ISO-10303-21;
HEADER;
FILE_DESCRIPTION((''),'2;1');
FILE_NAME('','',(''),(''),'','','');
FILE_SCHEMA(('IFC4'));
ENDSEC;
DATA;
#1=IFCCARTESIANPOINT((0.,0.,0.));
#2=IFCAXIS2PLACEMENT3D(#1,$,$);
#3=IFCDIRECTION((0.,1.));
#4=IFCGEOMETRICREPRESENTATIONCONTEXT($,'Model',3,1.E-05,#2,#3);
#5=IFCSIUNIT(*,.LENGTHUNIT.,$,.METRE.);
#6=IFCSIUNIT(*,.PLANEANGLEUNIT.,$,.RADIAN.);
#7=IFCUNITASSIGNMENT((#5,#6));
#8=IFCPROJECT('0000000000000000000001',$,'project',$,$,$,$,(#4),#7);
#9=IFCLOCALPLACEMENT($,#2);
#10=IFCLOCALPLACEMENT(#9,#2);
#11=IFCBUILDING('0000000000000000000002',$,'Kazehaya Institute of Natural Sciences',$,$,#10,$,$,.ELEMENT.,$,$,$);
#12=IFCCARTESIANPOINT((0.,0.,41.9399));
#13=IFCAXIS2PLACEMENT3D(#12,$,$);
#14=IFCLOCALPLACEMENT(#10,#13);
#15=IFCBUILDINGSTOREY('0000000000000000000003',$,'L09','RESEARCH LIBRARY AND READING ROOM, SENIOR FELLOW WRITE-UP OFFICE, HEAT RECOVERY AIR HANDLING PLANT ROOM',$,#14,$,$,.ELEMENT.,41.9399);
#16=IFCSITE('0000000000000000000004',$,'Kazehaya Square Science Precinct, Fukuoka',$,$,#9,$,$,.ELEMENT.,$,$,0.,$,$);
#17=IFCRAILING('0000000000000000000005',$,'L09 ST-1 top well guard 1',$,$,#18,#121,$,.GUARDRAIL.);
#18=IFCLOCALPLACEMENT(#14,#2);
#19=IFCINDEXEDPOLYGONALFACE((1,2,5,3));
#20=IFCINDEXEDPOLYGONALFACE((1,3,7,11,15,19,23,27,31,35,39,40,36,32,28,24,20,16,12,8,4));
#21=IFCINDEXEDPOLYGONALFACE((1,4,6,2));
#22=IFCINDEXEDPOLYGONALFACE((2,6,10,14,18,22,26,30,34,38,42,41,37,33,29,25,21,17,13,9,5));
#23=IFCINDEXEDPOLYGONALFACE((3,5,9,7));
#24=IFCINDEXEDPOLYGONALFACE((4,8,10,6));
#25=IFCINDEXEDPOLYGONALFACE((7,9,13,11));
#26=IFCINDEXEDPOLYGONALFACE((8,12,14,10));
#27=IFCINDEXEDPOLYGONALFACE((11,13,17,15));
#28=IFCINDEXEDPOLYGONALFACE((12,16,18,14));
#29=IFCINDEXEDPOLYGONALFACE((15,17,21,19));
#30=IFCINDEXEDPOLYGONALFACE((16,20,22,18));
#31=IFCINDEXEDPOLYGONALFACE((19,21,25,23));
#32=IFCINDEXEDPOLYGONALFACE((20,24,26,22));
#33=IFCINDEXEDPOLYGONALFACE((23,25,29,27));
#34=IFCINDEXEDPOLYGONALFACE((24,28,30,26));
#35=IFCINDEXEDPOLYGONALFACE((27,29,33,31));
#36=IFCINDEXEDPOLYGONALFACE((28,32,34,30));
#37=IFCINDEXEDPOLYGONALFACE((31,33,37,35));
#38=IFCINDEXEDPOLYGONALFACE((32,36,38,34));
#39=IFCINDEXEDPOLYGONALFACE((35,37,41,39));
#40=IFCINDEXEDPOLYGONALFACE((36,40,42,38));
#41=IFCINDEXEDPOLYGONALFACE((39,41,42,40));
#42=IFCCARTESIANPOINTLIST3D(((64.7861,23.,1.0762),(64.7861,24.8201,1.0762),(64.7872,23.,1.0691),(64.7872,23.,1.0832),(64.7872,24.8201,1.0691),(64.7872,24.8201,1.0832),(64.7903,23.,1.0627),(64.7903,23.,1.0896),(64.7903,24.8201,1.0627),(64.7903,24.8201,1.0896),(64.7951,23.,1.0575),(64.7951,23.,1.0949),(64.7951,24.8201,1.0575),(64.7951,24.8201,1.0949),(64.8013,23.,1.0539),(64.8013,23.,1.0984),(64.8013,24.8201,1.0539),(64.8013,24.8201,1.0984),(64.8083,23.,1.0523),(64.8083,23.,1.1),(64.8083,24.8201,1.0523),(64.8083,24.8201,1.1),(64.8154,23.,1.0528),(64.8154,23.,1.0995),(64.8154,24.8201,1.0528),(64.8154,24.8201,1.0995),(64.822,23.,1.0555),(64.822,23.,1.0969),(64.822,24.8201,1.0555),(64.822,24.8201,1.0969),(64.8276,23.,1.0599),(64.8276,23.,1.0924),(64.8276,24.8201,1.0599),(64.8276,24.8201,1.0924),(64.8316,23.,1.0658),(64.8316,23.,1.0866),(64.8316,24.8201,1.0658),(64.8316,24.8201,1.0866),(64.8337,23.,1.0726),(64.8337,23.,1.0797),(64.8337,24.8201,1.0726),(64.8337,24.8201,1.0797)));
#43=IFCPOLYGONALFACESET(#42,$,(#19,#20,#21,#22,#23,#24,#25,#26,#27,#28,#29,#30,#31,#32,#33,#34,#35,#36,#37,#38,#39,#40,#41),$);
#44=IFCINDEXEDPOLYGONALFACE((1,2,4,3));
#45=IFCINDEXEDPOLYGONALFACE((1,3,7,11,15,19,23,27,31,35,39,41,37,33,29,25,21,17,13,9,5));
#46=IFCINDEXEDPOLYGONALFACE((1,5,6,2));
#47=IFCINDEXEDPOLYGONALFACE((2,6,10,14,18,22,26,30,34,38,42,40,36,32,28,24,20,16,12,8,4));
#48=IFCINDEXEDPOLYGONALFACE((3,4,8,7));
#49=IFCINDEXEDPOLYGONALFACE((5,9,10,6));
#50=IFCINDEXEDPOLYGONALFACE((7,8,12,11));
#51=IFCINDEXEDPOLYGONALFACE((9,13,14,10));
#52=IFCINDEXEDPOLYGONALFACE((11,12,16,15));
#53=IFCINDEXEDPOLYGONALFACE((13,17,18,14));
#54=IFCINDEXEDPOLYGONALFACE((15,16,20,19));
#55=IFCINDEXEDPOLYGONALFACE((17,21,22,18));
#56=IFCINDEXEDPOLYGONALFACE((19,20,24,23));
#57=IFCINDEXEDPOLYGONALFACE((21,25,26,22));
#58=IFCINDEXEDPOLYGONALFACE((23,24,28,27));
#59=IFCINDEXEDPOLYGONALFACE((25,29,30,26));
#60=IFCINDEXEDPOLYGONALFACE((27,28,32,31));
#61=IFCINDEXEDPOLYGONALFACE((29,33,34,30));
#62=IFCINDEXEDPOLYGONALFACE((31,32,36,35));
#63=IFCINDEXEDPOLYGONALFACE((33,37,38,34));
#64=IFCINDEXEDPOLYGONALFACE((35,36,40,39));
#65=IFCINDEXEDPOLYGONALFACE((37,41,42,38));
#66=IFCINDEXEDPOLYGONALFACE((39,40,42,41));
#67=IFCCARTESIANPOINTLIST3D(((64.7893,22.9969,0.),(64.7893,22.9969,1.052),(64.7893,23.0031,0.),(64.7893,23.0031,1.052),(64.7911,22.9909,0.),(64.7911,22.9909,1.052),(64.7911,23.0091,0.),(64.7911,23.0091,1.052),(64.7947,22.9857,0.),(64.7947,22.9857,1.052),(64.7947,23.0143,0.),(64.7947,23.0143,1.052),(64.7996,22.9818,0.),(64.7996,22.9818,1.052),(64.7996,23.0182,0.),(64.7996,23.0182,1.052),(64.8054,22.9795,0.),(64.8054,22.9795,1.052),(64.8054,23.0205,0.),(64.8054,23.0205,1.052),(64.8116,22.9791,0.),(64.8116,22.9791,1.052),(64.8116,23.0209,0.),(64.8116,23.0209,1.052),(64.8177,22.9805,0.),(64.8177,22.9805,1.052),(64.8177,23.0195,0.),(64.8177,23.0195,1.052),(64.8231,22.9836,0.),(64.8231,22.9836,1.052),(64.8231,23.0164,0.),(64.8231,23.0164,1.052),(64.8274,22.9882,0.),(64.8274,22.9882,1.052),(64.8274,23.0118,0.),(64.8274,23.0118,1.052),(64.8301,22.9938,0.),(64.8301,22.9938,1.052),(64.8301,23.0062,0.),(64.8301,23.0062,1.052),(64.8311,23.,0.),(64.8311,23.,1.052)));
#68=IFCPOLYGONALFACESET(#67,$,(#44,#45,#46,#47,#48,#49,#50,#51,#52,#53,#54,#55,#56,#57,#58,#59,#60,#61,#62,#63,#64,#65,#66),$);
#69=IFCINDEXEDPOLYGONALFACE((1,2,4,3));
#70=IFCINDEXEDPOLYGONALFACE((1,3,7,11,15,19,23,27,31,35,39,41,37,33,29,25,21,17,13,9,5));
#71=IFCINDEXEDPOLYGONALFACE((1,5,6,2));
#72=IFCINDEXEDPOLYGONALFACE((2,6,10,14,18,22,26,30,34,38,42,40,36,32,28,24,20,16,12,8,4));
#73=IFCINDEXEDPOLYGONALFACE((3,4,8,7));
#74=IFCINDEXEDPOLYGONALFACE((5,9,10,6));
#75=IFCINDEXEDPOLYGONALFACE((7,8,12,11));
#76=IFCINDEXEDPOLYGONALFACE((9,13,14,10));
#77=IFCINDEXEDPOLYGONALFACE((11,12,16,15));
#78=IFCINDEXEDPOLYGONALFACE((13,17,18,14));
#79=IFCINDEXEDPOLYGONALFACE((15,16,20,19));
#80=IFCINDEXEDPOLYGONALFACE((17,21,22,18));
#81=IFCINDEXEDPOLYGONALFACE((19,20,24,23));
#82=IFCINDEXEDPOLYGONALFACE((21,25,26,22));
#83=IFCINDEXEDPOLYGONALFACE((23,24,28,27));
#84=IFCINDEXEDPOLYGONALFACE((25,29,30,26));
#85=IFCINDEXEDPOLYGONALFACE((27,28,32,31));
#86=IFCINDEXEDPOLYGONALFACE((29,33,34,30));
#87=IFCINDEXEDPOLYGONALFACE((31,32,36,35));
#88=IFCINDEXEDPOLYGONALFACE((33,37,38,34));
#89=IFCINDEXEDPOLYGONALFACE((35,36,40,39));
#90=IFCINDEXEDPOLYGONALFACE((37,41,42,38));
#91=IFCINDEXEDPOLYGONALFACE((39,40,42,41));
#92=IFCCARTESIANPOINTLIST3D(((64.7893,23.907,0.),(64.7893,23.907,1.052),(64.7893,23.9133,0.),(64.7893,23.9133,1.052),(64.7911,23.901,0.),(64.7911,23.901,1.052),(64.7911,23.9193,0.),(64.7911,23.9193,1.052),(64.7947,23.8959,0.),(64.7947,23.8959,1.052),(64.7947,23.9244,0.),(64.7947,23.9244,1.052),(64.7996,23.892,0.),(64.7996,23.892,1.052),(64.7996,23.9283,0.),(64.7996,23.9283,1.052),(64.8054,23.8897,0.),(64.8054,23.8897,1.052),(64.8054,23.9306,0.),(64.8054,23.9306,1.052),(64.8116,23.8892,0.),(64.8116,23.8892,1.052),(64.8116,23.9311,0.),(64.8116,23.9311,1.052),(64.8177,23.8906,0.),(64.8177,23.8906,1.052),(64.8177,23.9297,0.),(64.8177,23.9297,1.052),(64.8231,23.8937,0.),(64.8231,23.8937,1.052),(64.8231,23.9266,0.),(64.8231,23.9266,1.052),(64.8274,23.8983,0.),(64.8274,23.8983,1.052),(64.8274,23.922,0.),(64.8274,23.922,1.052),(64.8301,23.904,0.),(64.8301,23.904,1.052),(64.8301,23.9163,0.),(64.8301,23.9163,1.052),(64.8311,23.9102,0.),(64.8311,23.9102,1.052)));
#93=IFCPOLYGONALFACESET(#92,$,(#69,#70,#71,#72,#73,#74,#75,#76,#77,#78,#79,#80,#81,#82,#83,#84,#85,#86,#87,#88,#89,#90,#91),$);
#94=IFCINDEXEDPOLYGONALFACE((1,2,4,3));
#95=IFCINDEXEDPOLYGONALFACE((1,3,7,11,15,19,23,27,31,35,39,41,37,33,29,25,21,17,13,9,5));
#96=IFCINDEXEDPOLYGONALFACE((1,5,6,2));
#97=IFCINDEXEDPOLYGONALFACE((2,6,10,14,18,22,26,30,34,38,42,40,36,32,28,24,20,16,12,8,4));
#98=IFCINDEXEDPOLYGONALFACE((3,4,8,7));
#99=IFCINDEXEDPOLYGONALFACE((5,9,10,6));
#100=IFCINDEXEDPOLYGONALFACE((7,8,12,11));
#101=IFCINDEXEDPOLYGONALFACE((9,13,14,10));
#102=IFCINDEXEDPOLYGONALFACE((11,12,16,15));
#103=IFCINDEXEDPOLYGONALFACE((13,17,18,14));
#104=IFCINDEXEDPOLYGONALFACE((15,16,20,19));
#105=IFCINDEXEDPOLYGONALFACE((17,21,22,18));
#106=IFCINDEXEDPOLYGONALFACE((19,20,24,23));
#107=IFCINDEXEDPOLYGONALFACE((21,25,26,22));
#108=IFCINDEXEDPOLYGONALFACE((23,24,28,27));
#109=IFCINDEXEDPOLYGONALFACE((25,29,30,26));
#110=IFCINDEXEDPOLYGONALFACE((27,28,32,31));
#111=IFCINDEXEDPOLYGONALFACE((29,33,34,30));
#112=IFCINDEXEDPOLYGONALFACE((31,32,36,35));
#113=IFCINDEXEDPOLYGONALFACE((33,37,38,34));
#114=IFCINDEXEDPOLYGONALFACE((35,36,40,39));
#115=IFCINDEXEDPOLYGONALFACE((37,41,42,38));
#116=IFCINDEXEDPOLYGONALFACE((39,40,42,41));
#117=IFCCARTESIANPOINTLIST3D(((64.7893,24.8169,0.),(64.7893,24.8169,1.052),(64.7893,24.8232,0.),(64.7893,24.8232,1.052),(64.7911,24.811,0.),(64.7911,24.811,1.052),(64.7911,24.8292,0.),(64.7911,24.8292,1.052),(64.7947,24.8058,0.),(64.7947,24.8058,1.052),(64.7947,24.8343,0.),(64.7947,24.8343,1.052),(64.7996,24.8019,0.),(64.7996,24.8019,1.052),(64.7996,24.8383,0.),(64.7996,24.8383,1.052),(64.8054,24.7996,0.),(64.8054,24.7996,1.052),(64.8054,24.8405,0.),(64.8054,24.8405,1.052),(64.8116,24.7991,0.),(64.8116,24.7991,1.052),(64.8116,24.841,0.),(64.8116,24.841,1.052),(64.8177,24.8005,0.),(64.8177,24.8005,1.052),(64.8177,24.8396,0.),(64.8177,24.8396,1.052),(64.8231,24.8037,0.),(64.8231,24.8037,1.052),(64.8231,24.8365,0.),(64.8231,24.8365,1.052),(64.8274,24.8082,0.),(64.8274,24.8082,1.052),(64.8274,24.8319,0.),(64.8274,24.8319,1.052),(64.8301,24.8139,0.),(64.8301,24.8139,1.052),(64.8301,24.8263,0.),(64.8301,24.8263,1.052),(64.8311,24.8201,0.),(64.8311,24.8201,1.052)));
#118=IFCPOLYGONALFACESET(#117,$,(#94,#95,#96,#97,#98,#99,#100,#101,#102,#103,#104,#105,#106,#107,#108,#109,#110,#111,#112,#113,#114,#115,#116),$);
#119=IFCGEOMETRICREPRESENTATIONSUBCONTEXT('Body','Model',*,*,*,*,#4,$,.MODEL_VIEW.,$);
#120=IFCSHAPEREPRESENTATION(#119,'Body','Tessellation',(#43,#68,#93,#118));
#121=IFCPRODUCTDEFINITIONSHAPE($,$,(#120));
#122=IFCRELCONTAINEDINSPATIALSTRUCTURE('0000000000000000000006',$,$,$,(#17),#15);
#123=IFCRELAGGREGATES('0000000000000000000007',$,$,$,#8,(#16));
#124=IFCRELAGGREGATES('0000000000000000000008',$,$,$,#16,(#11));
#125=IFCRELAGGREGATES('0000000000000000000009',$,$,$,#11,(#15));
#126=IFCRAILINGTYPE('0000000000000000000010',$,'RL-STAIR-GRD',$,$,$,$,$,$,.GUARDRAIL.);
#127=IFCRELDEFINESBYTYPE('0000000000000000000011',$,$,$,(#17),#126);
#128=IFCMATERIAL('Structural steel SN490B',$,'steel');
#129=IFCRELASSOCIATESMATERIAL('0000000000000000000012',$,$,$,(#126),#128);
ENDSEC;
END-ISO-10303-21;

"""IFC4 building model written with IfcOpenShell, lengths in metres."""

from ifc_helpers import new_model, si_unit, direction, frame, origin, origin_2d, place, context, subcontext, project, spatial, circle, extrude, material, type_object, element, save


model = new_model("IFC4")

# Units and contexts
model_context = context("Model", 3, precision=1e-05, world=origin(), true_north=direction((0.0, 1.0)))
body_context = subcontext(model_context, "Body", "Model", "MODEL_VIEW")
ifc_project = project(units=[si_unit("LENGTHUNIT", "METRE"), si_unit("PLANEANGLEUNIT", "RADIAN")], contexts=[model_context])

# Site, building, storey
site_placement = place(None, origin())
site = spatial("IfcSite", under=ifc_project, at=site_placement, Name="Kazehaya Square Science Precinct, Fukuoka", CompositionType="ELEMENT", RefElevation=0.0)
building_placement = place(site_placement, origin())
building = spatial("IfcBuilding", under=site, at=building_placement, Name="Kazehaya Institute of Natural Sciences", CompositionType="ELEMENT")
storey_placement = place(building_placement, frame((0.0, 0.0, 41.9399)))
storey = spatial("IfcBuildingStorey", under=building, at=storey_placement, Name="L09", Description="RESEARCH LIBRARY AND READING ROOM, SENIOR FELLOW WRITE-UP OFFICE, HEAT RECOVERY AIR HANDLING PLANT ROOM", CompositionType="ELEMENT", Elevation=41.9399)

# Railing
ifc_material_1 = material(Name="Structural steel SN490B", Category="steel")
railing_type_1 = type_object("IfcRailingType", Name="RL-STAIR-GRD", PredefinedType="GUARDRAIL", material=ifc_material_1)
railing_1_placement = place(storey_placement, frame((64.8101, 23.0, 0.0)))
element("IfcRailing", 1, at=railing_1_placement, inside=storey, type_object=railing_type_1, Name="L09 ST-1 top well guard 1", PredefinedType="GUARDRAIL", context=body_context, shape_type="SweptSolid", body=[
    extrude(circle(Radius=0.0239, at=origin_2d()), frame((0.0, 0.0, 1.0762), z_axis=(0.0, 1.0, 0.0), x_axis=(-1.0, 0.0, 0.0)), (0.0, 0.0, 1.0), 1.8201),
    extrude(circle(Radius=0.021, at=origin_2d()), origin(), (0.0, 0.0, 1.0), 1.052),
    extrude(circle(Radius=0.021, at=origin_2d()), frame((0.0, 0.9102, 0.0)), (0.0, 0.0, 1.0), 1.052),
    extrude(circle(Radius=0.021, at=origin_2d()), frame((0.0, 1.8201, 0.0)), (0.0, 0.0, 1.0), 1.052),
])

save(model, "model.ifc")
